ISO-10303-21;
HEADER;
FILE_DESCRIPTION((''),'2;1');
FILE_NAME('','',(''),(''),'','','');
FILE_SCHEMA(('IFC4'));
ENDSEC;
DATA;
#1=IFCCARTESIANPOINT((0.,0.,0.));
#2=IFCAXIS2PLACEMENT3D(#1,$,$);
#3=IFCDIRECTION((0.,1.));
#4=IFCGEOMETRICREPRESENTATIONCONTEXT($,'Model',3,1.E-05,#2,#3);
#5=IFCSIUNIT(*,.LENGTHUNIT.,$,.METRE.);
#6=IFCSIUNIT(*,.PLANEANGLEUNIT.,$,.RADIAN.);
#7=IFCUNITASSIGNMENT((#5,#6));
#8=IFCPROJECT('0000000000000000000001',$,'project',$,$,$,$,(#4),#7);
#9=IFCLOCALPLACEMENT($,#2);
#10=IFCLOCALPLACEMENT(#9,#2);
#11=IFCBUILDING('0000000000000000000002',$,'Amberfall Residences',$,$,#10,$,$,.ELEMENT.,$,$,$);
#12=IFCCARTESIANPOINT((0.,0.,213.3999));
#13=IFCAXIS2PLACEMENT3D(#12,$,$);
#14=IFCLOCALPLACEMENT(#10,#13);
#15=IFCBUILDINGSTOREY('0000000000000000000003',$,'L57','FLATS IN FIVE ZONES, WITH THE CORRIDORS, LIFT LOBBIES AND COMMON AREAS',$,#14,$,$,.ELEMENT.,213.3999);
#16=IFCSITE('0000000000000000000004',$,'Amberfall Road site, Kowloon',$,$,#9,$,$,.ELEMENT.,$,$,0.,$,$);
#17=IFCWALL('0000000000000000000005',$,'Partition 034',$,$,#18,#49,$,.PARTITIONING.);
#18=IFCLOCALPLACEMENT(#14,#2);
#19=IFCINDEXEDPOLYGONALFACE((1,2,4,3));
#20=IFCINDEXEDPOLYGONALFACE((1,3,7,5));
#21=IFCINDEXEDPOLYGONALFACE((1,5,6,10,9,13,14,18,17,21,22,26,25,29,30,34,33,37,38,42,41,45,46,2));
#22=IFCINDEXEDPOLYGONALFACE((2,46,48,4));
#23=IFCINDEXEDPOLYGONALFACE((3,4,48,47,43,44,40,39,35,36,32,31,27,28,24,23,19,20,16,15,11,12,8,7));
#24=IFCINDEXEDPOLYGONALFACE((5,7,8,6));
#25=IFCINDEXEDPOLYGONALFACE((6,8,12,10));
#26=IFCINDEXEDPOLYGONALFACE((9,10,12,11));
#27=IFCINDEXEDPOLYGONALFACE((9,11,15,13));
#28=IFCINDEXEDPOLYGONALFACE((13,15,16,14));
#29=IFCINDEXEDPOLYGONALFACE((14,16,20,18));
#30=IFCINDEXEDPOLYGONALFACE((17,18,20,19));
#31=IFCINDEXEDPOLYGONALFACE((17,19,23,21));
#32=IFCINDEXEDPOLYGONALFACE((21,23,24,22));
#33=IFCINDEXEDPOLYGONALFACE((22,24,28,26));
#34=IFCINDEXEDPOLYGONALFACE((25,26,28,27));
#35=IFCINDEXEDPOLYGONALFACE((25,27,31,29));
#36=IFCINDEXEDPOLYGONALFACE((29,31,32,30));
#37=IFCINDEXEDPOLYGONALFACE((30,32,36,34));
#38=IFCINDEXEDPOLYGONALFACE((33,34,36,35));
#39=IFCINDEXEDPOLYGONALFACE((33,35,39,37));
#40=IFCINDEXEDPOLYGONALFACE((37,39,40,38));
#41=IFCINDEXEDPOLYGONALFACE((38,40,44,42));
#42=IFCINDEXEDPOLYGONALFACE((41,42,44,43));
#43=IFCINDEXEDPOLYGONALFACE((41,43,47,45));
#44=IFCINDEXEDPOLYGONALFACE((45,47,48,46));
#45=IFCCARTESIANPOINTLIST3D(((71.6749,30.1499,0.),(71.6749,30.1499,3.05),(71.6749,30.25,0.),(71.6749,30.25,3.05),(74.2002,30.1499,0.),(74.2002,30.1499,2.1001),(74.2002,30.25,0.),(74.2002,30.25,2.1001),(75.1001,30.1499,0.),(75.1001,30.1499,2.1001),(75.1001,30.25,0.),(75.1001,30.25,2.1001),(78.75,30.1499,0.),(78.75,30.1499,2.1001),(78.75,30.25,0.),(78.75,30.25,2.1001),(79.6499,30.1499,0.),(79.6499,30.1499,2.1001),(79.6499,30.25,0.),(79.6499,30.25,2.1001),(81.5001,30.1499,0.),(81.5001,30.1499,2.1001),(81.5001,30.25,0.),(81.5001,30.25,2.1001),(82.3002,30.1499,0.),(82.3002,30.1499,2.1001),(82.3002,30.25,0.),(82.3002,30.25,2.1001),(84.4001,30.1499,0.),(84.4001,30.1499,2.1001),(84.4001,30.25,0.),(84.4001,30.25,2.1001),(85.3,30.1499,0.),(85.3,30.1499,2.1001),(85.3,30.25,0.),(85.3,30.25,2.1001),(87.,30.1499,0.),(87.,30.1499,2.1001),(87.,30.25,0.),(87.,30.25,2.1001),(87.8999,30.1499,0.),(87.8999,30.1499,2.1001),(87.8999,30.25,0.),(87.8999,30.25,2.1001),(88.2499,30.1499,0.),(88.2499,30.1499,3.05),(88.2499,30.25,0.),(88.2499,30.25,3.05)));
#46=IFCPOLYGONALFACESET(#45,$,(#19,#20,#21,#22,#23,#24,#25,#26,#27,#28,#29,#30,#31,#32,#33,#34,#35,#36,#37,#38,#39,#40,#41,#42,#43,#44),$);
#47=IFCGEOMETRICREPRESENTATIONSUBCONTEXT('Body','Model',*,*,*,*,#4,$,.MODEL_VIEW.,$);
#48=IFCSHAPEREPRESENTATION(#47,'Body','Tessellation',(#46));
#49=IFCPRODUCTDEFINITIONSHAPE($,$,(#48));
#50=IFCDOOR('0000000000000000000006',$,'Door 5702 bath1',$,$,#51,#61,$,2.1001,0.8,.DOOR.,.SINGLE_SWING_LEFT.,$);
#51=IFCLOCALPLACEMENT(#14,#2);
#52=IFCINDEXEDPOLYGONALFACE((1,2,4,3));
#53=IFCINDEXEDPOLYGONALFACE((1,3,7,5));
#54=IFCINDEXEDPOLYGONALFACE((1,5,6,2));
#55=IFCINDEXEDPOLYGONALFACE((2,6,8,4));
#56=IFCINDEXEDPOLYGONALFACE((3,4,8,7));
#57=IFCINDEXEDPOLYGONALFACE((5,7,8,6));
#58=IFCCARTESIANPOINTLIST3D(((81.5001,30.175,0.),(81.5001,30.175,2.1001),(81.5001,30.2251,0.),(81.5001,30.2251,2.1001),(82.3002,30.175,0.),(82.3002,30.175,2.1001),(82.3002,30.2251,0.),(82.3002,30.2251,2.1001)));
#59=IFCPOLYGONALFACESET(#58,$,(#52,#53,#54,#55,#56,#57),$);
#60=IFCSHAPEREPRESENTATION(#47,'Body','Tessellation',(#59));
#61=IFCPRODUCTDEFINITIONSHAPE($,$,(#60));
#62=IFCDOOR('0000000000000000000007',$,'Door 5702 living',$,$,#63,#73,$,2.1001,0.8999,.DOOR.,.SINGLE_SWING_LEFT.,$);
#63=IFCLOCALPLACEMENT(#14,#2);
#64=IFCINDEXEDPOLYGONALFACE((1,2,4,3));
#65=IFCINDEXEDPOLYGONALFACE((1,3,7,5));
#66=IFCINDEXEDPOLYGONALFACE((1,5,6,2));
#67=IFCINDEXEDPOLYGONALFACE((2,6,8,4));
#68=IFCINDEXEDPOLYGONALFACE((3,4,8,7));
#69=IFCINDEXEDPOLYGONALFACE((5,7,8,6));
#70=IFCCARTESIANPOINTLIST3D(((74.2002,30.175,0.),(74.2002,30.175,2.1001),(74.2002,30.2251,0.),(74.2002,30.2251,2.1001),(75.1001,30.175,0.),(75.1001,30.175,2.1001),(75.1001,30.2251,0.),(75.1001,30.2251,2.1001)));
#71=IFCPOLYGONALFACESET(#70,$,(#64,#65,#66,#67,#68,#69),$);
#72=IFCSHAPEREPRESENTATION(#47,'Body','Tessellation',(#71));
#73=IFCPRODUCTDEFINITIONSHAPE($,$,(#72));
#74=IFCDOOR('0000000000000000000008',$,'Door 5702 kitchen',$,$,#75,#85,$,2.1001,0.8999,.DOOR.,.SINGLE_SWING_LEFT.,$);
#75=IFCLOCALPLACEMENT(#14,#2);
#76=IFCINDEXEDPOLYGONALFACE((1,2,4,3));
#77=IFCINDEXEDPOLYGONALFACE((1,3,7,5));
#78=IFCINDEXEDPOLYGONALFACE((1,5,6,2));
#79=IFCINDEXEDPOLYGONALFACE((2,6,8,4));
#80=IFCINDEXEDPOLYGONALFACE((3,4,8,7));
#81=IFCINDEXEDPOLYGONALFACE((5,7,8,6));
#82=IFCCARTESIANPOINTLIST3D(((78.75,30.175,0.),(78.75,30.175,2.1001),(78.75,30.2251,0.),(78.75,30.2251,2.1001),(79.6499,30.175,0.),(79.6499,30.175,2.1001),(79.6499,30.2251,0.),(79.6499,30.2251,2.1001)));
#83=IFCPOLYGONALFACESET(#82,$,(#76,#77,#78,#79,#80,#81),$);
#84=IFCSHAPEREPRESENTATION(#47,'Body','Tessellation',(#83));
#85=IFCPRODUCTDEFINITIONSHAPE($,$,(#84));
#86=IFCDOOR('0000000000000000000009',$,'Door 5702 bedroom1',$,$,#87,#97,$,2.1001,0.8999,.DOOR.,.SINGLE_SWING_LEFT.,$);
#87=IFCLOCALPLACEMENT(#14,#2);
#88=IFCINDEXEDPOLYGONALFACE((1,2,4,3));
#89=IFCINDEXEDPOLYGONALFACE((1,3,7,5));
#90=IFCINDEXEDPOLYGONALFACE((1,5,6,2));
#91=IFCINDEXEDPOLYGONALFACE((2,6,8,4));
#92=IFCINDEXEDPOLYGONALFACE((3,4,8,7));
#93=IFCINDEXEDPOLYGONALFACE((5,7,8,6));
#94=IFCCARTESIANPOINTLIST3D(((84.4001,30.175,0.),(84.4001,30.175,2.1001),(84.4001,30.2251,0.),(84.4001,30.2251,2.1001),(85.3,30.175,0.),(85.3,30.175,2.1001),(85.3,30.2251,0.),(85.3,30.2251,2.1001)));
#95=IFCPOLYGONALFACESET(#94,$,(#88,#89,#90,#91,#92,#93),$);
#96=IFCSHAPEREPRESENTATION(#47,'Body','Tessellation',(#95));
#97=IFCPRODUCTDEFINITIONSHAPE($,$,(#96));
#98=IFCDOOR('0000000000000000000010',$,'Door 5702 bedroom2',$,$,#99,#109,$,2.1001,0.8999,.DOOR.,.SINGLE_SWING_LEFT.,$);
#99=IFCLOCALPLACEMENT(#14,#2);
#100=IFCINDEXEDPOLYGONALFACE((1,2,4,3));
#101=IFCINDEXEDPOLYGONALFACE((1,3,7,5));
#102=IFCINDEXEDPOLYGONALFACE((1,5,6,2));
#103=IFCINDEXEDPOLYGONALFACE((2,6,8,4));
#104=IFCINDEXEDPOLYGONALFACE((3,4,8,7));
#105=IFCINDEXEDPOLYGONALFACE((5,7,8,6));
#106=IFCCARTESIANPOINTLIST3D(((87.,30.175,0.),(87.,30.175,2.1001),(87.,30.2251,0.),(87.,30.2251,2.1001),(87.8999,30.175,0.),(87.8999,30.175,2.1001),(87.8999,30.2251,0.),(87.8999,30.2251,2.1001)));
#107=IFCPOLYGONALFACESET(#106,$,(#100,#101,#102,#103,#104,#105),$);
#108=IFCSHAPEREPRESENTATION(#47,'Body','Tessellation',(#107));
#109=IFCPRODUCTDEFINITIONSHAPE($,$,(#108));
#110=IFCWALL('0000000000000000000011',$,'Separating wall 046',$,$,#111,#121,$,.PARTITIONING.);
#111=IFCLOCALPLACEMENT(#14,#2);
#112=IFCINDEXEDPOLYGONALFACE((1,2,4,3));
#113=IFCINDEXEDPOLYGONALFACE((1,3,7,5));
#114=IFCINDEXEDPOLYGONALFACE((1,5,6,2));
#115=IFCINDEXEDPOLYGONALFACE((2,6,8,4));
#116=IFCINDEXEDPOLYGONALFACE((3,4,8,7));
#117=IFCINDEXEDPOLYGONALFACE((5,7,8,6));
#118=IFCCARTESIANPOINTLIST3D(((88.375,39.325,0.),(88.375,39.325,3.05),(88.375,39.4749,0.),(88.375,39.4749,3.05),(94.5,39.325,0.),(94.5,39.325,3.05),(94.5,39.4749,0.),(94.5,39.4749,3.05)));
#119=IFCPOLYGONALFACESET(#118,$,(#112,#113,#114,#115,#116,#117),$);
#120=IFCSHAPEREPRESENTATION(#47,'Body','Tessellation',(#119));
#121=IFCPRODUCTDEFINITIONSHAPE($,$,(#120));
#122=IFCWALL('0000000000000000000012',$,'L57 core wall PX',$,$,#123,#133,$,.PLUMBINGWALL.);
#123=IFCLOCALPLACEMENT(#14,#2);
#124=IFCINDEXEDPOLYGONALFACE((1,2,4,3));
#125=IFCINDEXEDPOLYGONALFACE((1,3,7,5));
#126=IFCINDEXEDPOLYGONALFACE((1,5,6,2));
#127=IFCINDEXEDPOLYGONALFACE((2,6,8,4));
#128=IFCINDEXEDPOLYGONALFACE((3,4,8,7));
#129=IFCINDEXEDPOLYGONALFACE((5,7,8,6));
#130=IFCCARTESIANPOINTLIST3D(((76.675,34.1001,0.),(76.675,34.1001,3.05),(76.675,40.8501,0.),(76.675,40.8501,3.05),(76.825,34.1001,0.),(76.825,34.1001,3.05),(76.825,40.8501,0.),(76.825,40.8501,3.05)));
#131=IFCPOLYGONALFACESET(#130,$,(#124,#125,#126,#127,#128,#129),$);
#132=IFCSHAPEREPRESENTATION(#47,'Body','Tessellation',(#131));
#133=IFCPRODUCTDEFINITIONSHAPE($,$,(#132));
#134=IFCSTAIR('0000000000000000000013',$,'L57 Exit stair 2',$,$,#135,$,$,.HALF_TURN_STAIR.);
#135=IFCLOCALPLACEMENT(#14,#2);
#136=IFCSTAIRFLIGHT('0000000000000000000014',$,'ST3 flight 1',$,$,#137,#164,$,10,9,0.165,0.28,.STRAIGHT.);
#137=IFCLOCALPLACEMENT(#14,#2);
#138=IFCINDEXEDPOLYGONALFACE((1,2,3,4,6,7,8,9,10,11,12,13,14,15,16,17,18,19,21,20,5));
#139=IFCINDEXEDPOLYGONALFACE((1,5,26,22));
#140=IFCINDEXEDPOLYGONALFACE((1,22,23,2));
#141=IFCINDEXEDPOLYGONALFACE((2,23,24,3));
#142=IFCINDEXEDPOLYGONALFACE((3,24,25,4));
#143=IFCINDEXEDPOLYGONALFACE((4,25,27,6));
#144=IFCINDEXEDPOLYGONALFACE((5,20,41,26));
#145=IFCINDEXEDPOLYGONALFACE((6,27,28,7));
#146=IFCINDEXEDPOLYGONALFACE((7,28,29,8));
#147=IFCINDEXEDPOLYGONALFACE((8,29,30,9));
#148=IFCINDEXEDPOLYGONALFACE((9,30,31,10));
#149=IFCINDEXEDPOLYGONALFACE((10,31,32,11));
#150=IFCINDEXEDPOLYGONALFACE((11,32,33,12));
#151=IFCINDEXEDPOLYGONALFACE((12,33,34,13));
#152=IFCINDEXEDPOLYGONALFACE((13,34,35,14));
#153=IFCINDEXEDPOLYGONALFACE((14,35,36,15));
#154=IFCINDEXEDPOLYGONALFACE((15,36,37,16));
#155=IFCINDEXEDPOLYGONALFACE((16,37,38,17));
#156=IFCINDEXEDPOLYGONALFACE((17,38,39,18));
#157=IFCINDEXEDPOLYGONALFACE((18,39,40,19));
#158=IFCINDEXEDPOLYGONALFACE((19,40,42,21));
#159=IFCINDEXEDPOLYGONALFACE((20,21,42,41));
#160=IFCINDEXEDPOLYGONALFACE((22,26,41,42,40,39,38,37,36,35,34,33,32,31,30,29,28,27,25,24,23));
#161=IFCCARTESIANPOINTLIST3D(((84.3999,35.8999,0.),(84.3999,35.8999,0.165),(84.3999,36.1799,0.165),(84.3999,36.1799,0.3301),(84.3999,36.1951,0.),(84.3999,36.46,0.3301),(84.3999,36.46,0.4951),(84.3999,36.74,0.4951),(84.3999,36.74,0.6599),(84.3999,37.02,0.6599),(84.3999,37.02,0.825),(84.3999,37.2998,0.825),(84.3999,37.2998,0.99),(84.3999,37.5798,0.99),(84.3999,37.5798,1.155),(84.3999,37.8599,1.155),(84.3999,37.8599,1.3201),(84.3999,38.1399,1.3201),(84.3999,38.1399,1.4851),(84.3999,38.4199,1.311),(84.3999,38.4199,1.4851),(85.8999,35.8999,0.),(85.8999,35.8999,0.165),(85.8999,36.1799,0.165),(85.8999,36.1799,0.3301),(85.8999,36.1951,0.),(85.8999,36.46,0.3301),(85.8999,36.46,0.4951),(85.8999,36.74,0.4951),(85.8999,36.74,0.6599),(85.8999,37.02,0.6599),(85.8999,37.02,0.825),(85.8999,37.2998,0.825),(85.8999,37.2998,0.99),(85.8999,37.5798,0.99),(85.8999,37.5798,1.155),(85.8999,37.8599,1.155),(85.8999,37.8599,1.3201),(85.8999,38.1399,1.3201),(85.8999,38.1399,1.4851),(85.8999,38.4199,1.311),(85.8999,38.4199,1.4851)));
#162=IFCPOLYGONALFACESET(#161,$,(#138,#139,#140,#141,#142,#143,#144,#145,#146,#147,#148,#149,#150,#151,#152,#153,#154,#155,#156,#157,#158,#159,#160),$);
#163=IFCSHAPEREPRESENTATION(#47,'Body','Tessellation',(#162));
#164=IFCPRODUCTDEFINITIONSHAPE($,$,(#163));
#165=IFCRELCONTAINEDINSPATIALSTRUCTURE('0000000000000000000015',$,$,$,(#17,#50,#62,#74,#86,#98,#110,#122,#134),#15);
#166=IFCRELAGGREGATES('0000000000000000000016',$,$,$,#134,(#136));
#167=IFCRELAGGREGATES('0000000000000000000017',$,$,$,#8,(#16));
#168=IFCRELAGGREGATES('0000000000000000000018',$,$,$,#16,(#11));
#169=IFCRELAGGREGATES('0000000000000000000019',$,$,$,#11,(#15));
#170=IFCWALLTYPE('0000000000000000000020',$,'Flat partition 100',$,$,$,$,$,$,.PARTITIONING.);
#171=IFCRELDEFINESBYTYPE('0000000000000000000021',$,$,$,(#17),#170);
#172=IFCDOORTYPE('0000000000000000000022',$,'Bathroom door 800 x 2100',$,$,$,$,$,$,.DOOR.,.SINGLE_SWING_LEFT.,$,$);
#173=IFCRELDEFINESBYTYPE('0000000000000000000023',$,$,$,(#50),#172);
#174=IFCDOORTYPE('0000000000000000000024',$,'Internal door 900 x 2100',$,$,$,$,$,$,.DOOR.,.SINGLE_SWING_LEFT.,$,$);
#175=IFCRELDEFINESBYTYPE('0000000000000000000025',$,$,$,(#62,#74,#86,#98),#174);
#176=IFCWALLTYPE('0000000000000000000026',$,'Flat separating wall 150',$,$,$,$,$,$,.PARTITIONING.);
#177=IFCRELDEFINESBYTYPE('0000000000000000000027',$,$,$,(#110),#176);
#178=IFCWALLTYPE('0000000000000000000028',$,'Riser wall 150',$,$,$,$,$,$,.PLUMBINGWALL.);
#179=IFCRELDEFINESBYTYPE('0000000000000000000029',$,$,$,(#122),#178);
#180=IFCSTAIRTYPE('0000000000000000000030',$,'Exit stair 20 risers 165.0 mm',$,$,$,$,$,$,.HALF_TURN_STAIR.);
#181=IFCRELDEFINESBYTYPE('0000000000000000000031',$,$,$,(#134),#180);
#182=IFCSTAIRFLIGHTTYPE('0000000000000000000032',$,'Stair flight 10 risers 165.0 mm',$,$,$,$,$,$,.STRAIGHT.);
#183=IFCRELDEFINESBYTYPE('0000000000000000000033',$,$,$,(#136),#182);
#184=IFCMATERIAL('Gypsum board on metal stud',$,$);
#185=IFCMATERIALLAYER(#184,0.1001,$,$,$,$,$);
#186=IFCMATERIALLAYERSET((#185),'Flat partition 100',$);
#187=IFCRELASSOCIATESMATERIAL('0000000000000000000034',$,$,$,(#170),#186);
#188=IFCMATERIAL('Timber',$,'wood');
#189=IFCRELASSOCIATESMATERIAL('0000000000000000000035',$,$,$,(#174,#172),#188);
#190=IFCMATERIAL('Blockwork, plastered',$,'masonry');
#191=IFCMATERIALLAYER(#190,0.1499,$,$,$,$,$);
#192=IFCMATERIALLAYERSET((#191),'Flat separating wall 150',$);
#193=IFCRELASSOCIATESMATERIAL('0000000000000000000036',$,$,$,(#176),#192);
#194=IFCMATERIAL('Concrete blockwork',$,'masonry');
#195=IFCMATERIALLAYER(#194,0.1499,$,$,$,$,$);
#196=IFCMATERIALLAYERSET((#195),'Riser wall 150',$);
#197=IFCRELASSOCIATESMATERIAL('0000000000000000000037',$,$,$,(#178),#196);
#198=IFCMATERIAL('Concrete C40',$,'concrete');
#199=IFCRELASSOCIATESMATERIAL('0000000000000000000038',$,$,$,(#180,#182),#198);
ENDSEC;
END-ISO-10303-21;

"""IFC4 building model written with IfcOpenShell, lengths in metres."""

from ifc_helpers import new_model, si_unit, direction, frame, frame_2d, origin, place, context, subcontext, project, spatial, polyline, rectangle, outline, extrude, material, layer, layer_set, type_object, element, fill, aggregate, save


model = new_model("IFC4")

# Units and contexts
model_context = context("Model", 3, precision=1e-05, world=origin(), true_north=direction((0.0, 1.0)))
body_context = subcontext(model_context, "Body", "Model", "MODEL_VIEW")
ifc_project = project(units=[si_unit("LENGTHUNIT", "METRE"), si_unit("PLANEANGLEUNIT", "RADIAN")], contexts=[model_context])

# Site, building, storey
site_placement = place(None, origin())
site = spatial("IfcSite", under=ifc_project, at=site_placement, Name="Amberfall Road site, Kowloon", CompositionType="ELEMENT", RefElevation=0.0)
building_placement = place(site_placement, origin())
building = spatial("IfcBuilding", under=site, at=building_placement, Name="Amberfall Residences", CompositionType="ELEMENT")
storey_placement = place(building_placement, frame((0.0, 0.0, 213.3999)))
storey = spatial("IfcBuildingStorey", under=building, at=storey_placement, Name="L57", Description="FLATS IN FIVE ZONES, WITH THE CORRIDORS, LIFT LOBBIES AND COMMON AREAS", CompositionType="ELEMENT", Elevation=213.3999)

# Shared definitions
ifc_material_1 = material(Name="Gypsum board on metal stud")
ifc_layer_1 = layer(ifc_material_1, 0.1001)
ifc_layer_set_1 = layer_set([ifc_layer_1], Name="Flat partition 100")
wall_type_1 = type_object("IfcWallType", Name="Flat partition 100", PredefinedType="PARTITIONING", material=ifc_layer_set_1)

# Wall, openings, doors
ifc_material_2 = material(Name="Timber", Category="wood")
door_type_1 = type_object("IfcDoorType", Name="Internal door 900 x 2100", OperationType="SINGLE_SWING_LEFT", PredefinedType="DOOR", material=ifc_material_2)
wall_1_placement = place(storey_placement, frame((88.25, 30.2, 0.0), z_axis=(0.0, 0.0, 1.0), x_axis=(-1.0, 0.0, 0.0)))
wall_1 = element("IfcWall", 1, at=wall_1_placement, inside=storey, type_object=wall_type_1, Name="Partition 034", PredefinedType="PARTITIONING", context=body_context, shape_type="SweptSolid", body=[
    extrude(rectangle(XDim=16.575, YDim=0.1001, at=frame_2d((8.2876, 0.0))), origin(), (0.0, 0.0, 1.0), 3.05),
])
opening_1_placement = place(wall_1_placement, frame((13.1499, 0.0, 0.0)))
opening_1 = element("IfcOpeningElement", 2, at=opening_1_placement, cuts=wall_1, PredefinedType="OPENING", context=body_context, shape_type="SweptSolid", body=[
    extrude(rectangle(XDim=0.8999, YDim=2.1001, at=frame_2d((0.45, 1.05))), frame((0.0, 0.0601, 0.0), z_axis=(0.0, -1.0, 0.0), x_axis=(1.0, 0.0, 0.0)), (0.0, 0.0, 1.0), 0.1201),
])
opening_2_placement = place(wall_1_placement, frame((8.6001, 0.0, 0.0)))
opening_2 = element("IfcOpeningElement", 3, at=opening_2_placement, cuts=wall_1, PredefinedType="OPENING", context=body_context, shape_type="SweptSolid", body=[
    extrude(rectangle(XDim=0.8999, YDim=2.1001, at=frame_2d((0.45, 1.05))), frame((0.0, 0.0601, 0.0), z_axis=(0.0, -1.0, 0.0), x_axis=(1.0, 0.0, 0.0)), (0.0, 0.0, 1.0), 0.1201),
])
opening_3_placement = place(wall_1_placement, frame((2.95, 0.0, 0.0)))
opening_3 = element("IfcOpeningElement", 4, at=opening_3_placement, cuts=wall_1, PredefinedType="OPENING", context=body_context, shape_type="SweptSolid", body=[
    extrude(rectangle(XDim=0.8999, YDim=2.1001, at=frame_2d((0.45, 1.05))), frame((0.0, 0.0601, 0.0), z_axis=(0.0, -1.0, 0.0), x_axis=(1.0, 0.0, 0.0)), (0.0, 0.0, 1.0), 0.1201),
])
opening_4_placement = place(wall_1_placement, frame((0.3501, 0.0, 0.0)))
opening_4 = element("IfcOpeningElement", 5, at=opening_4_placement, cuts=wall_1, PredefinedType="OPENING", context=body_context, shape_type="SweptSolid", body=[
    extrude(rectangle(XDim=0.8999, YDim=2.1001, at=frame_2d((0.45, 1.05))), frame((0.0, 0.0601, 0.0), z_axis=(0.0, -1.0, 0.0), x_axis=(1.0, 0.0, 0.0)), (0.0, 0.0, 1.0), 0.1201),
])
opening_5_placement = place(wall_1_placement, frame((5.95, 0.0, 0.0)))
opening_5 = element("IfcOpeningElement", 6, at=opening_5_placement, cuts=wall_1, PredefinedType="OPENING", context=body_context, shape_type="SweptSolid", body=[
    extrude(rectangle(XDim=0.8, YDim=2.1001, at=frame_2d((0.3999, 1.05))), frame((0.0, 0.0601, 0.0), z_axis=(0.0, -1.0, 0.0), x_axis=(1.0, 0.0, 0.0)), (0.0, 0.0, 1.0), 0.1201),
])
door_type_2 = type_object("IfcDoorType", Name="Bathroom door 800 x 2100", OperationType="SINGLE_SWING_LEFT", PredefinedType="DOOR", material=ifc_material_2)
door_1_placement = place(opening_5_placement, origin())
door_1 = element("IfcDoor", 7, at=door_1_placement, inside=storey, type_object=door_type_2, Name="Door 5702 bath1", OperationType="SINGLE_SWING_LEFT", OverallHeight=2.1001, OverallWidth=0.8, PredefinedType="DOOR", context=body_context, shape_type="SweptSolid", body=[
    extrude(rectangle(XDim=0.8, YDim=2.1001, at=frame_2d((0.3999, 1.05))), frame((0.0, 0.0249, 0.0), z_axis=(0.0, -1.0, 0.0), x_axis=(1.0, 0.0, 0.0)), (0.0, 0.0, 1.0), 0.05),
])
fill(opening_5, door_1)
door_2_placement = place(opening_1_placement, origin())
door_2 = element("IfcDoor", 8, at=door_2_placement, inside=storey, type_object=door_type_1, Name="Door 5702 living", OperationType="SINGLE_SWING_LEFT", OverallHeight=2.1001, OverallWidth=0.8999, PredefinedType="DOOR", context=body_context, shape_type="SweptSolid", body=[
    extrude(rectangle(XDim=0.8999, YDim=2.1001, at=frame_2d((0.45, 1.05))), frame((0.0, 0.0249, 0.0), z_axis=(0.0, -1.0, 0.0), x_axis=(1.0, 0.0, 0.0)), (0.0, 0.0, 1.0), 0.05),
])
fill(opening_1, door_2)
door_3_placement = place(opening_2_placement, origin())
door_3 = element("IfcDoor", 9, at=door_3_placement, inside=storey, type_object=door_type_1, Name="Door 5702 kitchen", OperationType="SINGLE_SWING_LEFT", OverallHeight=2.1001, OverallWidth=0.8999, PredefinedType="DOOR", context=body_context, shape_type="SweptSolid", body=[
    extrude(rectangle(XDim=0.8999, YDim=2.1001, at=frame_2d((0.45, 1.05))), frame((0.0, 0.0249, 0.0), z_axis=(0.0, -1.0, 0.0), x_axis=(1.0, 0.0, 0.0)), (0.0, 0.0, 1.0), 0.05),
])
fill(opening_2, door_3)
door_4_placement = place(opening_3_placement, origin())
door_4 = element("IfcDoor", 10, at=door_4_placement, inside=storey, type_object=door_type_1, Name="Door 5702 bedroom1", OperationType="SINGLE_SWING_LEFT", OverallHeight=2.1001, OverallWidth=0.8999, PredefinedType="DOOR", context=body_context, shape_type="SweptSolid", body=[
    extrude(rectangle(XDim=0.8999, YDim=2.1001, at=frame_2d((0.45, 1.05))), frame((0.0, 0.0249, 0.0), z_axis=(0.0, -1.0, 0.0), x_axis=(1.0, 0.0, 0.0)), (0.0, 0.0, 1.0), 0.05),
])
fill(opening_3, door_4)
door_5_placement = place(opening_4_placement, origin())
door_5 = element("IfcDoor", 11, at=door_5_placement, inside=storey, type_object=door_type_1, Name="Door 5702 bedroom2", OperationType="SINGLE_SWING_LEFT", OverallHeight=2.1001, OverallWidth=0.8999, PredefinedType="DOOR", context=body_context, shape_type="SweptSolid", body=[
    extrude(rectangle(XDim=0.8999, YDim=2.1001, at=frame_2d((0.45, 1.05))), frame((0.0, 0.0249, 0.0), z_axis=(0.0, -1.0, 0.0), x_axis=(1.0, 0.0, 0.0)), (0.0, 0.0, 1.0), 0.05),
])
fill(opening_4, door_5)

# Walls
ifc_material_3 = material(Name="Blockwork, plastered", Category="masonry")
ifc_layer_2 = layer(ifc_material_3, 0.1499)
ifc_layer_set_2 = layer_set([ifc_layer_2], Name="Flat separating wall 150")
wall_type_2 = type_object("IfcWallType", Name="Flat separating wall 150", PredefinedType="PARTITIONING", material=ifc_layer_set_2)
wall_2_placement = place(storey_placement, frame((88.375, 39.3999, 0.0), z_axis=(0.0, 0.0, 1.0), x_axis=(1.0, 0.0, 0.0)))
element("IfcWall", 12, at=wall_2_placement, inside=storey, type_object=wall_type_2, Name="Separating wall 046", PredefinedType="PARTITIONING", context=body_context, shape_type="SweptSolid", body=[
    extrude(rectangle(XDim=6.125, YDim=0.1499, at=frame_2d((3.0625, 0.0))), origin(), (0.0, 0.0, 1.0), 3.05),
])
ifc_material_4 = material(Name="Concrete blockwork", Category="masonry")
ifc_layer_3 = layer(ifc_material_4, 0.1499)
ifc_layer_set_3 = layer_set([ifc_layer_3], Name="Riser wall 150")
wall_type_3 = type_object("IfcWallType", Name="Riser wall 150", PredefinedType="PLUMBINGWALL", material=ifc_layer_set_3)
wall_3_placement = place(storey_placement, frame((76.75, 34.1001, 0.0), z_axis=(0.0, 0.0, 1.0), x_axis=(0.0, 1.0, 0.0)))
element("IfcWall", 13, at=wall_3_placement, inside=storey, type_object=wall_type_3, Name="L57 core wall PX", PredefinedType="PLUMBINGWALL", context=body_context, shape_type="SweptSolid", body=[
    extrude(rectangle(XDim=6.75, YDim=0.1499, at=frame_2d((3.375, 0.0))), origin(), (0.0, 0.0, 1.0), 3.05),
])

# Stair, stair flight
ifc_material_5 = material(Name="Concrete C40", Category="concrete")
stair_type = type_object("IfcStairType", Name="Exit stair 20 risers 165.0 mm", PredefinedType="HALF_TURN_STAIR", material=ifc_material_5)
stair_placement = place(storey_placement, origin())
stair = element("IfcStair", 14, at=stair_placement, inside=storey, type_object=stair_type, Name="L57 Exit stair 2", PredefinedType="HALF_TURN_STAIR")
stair_flight_type = type_object("IfcStairFlightType", Name="Stair flight 10 risers 165.0 mm", PredefinedType="STRAIGHT", material=ifc_material_5)
stair_flight_1_placement = place(storey_placement, frame((85.1499, 35.8999, 0.0), z_axis=(0.0, 0.0, 1.0), x_axis=(0.0, 1.0, 0.0)))
stair_flight_1 = element("IfcStairFlight", 15, at=stair_flight_1_placement, type_object=stair_flight_type, Name="ST3 flight 1", NumberOfRisers=10, NumberOfTreads=9, PredefinedType="STRAIGHT", RiserHeight=0.165, TreadLength=0.28, context=body_context, shape_type="SweptSolid", body=[
    extrude(outline(polyline([(0.0, 0.0), (0.0, 0.165), (0.28, 0.165), (0.28, 0.3301), (0.5601, 0.3301), (0.5601, 0.4951), (0.8401, 0.4951), (0.8401, 0.6599), (1.1201, 0.6599), (1.1201, 0.825), (1.3999, 0.825), (1.3999, 0.99), (1.6799, 0.99), (1.6799, 1.155), (1.96, 1.155), (1.96, 1.3201), (2.24, 1.3201), (2.24, 1.4851), (2.52, 1.4851), (2.52, 1.6499), (2.52, 1.311), (0.2952, 0.0), (0.0, 0.0)])), frame((0.0, 0.75, 0.0), z_axis=(0.0, -1.0, 0.0), x_axis=(1.0, 0.0, 0.0)), (0.0, 0.0, 1.0), 1.5),
])
aggregate(stair, [stair_flight_1])

save(model, "model.ifc")
